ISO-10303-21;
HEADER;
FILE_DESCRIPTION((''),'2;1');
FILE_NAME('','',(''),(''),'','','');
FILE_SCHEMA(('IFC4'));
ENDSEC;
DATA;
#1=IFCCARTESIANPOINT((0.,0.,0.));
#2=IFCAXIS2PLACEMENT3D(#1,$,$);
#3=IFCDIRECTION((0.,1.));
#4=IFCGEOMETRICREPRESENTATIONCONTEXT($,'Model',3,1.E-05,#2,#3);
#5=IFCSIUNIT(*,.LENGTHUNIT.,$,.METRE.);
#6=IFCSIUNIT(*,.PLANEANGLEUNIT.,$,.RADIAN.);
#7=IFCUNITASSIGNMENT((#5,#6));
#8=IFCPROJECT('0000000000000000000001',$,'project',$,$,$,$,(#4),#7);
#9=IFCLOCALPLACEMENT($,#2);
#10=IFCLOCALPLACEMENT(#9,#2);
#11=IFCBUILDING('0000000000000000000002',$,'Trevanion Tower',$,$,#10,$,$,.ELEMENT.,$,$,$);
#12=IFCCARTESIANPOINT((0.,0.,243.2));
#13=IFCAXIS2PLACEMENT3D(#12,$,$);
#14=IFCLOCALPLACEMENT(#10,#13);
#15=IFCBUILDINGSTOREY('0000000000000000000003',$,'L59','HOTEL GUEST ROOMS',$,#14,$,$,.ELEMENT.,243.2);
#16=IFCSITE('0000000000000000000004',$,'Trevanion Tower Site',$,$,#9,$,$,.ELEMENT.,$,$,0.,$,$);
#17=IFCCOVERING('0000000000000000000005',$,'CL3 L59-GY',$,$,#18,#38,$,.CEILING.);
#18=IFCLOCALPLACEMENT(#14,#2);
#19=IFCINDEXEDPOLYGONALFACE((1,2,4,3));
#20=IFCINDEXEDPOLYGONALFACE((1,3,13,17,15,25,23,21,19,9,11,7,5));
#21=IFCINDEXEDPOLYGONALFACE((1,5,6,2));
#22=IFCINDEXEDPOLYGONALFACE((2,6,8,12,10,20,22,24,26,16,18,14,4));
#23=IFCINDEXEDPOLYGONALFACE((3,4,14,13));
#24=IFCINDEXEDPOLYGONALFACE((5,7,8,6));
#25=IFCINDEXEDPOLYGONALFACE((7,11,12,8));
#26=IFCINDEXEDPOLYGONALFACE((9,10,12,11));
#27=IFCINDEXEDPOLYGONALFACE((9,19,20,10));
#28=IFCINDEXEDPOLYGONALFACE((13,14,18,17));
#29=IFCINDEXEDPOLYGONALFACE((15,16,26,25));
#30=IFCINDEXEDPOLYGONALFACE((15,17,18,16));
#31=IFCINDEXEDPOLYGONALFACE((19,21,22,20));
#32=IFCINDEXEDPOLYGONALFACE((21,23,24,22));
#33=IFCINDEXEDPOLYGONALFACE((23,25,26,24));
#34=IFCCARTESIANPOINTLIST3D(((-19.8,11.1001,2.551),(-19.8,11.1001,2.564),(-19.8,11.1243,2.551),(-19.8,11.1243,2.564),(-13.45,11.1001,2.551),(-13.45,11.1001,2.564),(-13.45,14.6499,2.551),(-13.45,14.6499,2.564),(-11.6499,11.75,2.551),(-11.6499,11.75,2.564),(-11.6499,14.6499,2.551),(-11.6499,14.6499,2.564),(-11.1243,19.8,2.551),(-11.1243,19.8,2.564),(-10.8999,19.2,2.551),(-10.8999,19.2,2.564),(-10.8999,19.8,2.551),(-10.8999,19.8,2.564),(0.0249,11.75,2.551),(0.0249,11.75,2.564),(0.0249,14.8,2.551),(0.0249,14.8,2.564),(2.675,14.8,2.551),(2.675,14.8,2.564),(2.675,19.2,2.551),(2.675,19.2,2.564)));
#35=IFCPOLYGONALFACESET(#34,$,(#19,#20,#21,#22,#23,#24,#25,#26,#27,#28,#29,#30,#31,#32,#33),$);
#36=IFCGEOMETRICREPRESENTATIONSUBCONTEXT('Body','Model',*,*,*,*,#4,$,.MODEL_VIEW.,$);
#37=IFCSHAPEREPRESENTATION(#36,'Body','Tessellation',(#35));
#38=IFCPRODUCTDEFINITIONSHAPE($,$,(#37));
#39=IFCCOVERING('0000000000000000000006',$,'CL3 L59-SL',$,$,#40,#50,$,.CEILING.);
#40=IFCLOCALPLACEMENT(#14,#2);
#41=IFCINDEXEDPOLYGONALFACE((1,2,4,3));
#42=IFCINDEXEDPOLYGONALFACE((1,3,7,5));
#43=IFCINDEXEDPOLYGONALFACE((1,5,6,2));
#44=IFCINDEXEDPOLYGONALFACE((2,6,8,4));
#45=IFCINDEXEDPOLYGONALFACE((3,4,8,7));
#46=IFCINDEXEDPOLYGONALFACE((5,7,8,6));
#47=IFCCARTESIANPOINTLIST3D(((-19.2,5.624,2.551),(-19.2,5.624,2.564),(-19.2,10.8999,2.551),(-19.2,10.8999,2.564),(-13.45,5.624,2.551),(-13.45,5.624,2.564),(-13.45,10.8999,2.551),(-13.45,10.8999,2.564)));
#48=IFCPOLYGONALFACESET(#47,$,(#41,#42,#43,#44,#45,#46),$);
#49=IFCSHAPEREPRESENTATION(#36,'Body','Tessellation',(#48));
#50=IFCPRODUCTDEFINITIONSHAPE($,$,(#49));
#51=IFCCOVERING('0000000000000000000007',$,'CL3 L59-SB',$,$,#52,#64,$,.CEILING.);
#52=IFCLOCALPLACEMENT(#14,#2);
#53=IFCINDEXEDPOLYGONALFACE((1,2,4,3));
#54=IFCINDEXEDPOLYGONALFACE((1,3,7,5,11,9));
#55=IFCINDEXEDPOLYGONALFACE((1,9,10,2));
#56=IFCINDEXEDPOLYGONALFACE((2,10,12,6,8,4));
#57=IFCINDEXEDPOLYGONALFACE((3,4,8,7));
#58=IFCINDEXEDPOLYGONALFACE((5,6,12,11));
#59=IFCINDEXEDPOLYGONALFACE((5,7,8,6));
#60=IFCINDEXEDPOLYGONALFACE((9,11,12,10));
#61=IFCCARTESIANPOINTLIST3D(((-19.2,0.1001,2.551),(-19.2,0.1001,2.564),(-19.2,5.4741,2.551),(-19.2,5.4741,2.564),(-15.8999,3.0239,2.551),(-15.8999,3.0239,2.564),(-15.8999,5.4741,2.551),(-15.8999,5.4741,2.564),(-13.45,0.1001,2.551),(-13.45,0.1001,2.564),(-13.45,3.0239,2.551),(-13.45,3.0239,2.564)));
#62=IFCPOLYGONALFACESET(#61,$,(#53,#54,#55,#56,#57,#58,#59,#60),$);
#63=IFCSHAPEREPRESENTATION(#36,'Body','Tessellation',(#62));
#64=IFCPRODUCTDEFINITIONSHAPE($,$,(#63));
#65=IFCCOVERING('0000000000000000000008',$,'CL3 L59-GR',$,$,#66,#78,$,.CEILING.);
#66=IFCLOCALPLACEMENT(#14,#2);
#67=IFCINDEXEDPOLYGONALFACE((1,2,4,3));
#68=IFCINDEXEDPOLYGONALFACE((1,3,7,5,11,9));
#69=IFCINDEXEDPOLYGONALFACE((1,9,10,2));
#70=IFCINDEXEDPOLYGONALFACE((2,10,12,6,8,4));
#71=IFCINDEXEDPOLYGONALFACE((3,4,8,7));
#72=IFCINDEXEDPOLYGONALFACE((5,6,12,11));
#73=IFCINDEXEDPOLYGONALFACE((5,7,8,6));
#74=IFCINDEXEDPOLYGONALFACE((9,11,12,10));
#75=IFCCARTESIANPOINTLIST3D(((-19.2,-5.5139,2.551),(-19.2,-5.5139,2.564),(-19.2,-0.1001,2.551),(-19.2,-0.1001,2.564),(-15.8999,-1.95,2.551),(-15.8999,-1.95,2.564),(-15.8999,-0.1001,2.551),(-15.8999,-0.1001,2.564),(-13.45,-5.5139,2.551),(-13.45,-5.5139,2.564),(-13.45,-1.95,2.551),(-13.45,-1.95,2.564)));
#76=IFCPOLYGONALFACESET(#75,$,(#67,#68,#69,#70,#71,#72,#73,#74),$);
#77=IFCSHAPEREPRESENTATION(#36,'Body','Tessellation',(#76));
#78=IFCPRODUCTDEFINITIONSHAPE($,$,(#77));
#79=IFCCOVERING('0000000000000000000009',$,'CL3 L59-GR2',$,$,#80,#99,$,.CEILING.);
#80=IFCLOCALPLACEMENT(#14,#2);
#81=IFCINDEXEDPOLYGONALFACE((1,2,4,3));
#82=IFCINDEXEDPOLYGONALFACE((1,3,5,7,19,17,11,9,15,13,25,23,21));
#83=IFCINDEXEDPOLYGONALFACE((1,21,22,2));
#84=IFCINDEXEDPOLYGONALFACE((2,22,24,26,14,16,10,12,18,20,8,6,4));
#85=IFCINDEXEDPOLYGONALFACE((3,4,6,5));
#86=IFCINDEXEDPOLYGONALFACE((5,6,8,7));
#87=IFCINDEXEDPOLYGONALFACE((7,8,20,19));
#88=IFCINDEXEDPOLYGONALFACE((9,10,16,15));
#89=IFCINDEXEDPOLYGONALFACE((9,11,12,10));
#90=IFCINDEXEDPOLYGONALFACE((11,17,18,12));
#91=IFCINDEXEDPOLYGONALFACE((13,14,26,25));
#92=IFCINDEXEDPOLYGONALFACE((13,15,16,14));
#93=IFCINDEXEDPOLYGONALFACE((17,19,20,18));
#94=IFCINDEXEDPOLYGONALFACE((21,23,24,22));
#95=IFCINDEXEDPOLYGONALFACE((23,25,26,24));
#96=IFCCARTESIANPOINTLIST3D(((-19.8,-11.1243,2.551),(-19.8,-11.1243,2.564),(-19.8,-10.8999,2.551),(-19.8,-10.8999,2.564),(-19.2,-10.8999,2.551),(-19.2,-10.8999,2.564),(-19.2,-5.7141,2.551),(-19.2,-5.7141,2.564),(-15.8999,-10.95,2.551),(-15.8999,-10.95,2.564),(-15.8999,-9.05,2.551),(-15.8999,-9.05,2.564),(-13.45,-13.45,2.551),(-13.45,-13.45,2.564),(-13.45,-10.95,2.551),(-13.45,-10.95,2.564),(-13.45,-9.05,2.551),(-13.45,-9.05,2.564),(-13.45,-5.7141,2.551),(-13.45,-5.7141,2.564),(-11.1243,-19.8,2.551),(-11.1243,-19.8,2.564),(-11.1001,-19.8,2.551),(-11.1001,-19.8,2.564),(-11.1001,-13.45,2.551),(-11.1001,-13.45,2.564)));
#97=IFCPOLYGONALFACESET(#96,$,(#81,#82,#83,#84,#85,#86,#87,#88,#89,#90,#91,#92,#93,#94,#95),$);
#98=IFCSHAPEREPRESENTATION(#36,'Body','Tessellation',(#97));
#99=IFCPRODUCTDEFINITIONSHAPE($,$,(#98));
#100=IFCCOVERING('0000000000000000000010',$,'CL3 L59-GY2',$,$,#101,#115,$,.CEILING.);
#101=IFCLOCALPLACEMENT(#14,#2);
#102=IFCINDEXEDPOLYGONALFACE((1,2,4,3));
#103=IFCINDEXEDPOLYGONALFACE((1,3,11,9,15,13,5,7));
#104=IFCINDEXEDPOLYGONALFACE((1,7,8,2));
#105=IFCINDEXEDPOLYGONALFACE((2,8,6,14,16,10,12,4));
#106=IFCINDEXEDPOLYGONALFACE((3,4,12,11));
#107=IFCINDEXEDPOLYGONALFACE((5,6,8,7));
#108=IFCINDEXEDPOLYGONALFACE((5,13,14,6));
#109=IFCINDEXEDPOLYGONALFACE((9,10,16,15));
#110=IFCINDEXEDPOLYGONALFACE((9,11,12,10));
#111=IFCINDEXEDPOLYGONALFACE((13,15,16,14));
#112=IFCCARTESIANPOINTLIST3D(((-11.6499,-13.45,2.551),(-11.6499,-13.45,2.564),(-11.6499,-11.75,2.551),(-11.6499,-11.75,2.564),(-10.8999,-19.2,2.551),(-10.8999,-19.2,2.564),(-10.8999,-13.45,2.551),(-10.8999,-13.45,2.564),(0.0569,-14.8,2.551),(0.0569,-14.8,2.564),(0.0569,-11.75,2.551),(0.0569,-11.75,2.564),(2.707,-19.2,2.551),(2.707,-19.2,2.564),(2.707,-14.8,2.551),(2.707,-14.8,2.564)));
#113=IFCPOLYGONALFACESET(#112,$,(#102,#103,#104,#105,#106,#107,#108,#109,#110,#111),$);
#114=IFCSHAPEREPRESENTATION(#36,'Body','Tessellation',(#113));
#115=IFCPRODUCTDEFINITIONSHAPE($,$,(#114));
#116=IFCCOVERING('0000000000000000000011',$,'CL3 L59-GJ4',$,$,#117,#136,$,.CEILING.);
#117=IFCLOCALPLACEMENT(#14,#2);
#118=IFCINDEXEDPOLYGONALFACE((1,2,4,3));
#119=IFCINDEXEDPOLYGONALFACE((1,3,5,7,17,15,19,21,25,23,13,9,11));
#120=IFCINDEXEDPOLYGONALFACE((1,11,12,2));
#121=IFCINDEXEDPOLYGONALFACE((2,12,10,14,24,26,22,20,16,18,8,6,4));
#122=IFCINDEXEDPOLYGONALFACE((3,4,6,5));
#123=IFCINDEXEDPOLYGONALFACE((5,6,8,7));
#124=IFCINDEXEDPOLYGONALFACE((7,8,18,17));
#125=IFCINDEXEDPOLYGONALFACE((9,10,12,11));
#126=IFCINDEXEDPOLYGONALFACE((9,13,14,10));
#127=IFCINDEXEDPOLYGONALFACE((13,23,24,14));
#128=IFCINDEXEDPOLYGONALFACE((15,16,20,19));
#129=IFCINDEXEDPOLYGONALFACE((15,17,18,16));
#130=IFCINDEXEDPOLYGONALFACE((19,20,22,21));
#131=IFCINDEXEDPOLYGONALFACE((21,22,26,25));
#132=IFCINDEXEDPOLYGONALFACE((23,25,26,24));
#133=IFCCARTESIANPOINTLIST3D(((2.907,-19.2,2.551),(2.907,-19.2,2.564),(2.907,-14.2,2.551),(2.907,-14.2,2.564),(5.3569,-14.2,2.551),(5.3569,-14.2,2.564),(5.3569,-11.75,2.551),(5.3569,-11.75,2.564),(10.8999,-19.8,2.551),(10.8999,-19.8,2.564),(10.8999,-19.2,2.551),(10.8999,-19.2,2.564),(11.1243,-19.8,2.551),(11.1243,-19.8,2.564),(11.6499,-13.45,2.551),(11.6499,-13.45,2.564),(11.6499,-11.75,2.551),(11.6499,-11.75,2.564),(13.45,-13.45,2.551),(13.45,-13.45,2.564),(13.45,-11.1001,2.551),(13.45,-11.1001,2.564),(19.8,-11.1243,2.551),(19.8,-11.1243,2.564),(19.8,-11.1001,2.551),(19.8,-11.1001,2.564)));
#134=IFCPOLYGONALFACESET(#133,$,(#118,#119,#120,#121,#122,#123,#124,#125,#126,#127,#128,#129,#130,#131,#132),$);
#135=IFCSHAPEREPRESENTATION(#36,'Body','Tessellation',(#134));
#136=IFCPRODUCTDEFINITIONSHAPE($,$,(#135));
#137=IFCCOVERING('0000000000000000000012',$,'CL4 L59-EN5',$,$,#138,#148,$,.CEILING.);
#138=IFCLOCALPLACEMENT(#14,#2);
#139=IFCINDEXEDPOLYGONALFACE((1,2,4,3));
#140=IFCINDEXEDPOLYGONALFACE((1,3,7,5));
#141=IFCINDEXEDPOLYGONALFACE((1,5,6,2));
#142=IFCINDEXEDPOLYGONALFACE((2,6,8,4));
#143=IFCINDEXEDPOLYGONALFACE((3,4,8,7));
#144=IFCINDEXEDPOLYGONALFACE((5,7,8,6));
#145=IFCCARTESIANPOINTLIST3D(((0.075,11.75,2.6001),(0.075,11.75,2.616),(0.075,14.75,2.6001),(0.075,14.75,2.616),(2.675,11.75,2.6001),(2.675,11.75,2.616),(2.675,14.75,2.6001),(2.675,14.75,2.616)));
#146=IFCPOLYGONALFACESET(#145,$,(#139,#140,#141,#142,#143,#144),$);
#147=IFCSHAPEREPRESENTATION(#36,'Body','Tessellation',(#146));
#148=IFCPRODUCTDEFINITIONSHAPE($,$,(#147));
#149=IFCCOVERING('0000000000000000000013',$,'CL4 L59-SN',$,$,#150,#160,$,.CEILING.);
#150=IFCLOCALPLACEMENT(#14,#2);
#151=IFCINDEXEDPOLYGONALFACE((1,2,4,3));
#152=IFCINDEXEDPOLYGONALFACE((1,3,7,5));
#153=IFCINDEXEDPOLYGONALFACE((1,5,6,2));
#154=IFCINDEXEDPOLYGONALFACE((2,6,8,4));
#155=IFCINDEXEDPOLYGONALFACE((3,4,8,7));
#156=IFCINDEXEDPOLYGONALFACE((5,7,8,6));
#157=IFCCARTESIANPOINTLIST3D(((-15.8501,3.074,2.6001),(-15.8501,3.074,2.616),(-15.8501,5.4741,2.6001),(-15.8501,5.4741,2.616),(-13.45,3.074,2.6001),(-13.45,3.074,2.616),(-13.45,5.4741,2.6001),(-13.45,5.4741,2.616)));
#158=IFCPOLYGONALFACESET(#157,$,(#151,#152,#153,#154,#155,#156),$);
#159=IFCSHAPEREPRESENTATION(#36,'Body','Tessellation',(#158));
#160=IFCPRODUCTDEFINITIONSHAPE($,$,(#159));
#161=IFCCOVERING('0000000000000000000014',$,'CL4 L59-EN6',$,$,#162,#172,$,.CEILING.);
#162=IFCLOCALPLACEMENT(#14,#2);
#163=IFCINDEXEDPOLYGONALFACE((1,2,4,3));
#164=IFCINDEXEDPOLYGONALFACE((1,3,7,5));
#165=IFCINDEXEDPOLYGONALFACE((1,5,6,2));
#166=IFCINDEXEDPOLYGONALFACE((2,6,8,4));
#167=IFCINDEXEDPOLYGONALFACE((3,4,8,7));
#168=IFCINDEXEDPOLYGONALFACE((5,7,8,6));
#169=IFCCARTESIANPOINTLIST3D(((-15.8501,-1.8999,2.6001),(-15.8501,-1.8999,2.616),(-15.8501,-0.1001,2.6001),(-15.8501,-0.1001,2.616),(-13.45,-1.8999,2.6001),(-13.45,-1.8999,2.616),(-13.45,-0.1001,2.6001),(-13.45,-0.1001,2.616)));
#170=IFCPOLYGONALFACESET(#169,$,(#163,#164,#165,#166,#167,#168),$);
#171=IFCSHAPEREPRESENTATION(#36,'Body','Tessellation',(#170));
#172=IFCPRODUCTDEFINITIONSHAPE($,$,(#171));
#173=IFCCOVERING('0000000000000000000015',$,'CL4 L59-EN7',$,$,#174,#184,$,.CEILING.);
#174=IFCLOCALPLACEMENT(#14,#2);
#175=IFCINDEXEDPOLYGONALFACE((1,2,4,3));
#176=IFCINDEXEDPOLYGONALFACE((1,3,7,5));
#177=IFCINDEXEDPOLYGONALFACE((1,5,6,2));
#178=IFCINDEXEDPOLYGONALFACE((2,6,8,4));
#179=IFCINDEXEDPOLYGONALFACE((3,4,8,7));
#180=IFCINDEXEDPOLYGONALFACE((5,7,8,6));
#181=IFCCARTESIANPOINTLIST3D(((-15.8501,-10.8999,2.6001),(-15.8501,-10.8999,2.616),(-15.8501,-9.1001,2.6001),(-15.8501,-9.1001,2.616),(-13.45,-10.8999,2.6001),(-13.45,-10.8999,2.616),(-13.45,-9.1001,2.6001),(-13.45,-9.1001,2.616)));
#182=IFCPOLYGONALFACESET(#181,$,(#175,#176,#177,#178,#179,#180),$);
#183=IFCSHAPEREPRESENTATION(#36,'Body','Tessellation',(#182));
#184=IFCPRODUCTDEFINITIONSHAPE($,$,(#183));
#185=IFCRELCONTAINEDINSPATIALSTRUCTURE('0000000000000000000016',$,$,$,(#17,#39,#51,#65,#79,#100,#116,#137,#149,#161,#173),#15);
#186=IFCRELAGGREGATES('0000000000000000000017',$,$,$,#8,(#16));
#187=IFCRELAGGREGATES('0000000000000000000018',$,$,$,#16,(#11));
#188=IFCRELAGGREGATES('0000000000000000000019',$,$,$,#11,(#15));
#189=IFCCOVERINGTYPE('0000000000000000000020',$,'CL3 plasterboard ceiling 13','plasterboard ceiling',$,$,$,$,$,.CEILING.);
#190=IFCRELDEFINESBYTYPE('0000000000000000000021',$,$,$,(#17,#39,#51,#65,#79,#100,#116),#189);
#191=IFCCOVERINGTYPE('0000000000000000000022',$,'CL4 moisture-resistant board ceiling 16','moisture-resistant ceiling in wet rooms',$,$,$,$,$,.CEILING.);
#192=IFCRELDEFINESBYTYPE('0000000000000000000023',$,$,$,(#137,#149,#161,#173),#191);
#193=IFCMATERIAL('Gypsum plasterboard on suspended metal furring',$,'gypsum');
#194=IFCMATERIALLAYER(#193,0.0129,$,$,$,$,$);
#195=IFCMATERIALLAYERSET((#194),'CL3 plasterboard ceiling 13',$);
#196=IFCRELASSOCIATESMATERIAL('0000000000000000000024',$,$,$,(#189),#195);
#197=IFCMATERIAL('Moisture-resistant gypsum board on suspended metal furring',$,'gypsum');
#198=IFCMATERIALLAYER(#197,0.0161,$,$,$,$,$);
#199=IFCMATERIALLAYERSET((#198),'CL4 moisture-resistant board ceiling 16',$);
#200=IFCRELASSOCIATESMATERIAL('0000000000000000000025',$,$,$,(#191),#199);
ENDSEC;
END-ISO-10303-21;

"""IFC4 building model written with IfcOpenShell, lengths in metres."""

from ifc_helpers import new_model, si_unit, direction, frame, origin, place, context, subcontext, project, spatial, polyline, outline, extrude, material, layer, layer_set, type_object, element, save


model = new_model("IFC4")

# Units and contexts
model_context = context("Model", 3, precision=1e-05, world=origin(), true_north=direction((0.0, 1.0)))
body_context = subcontext(model_context, "Body", "Model", "MODEL_VIEW")
ifc_project = project(units=[si_unit("LENGTHUNIT", "METRE"), si_unit("PLANEANGLEUNIT", "RADIAN")], contexts=[model_context])

# Site, building, storey
site_placement = place(None, origin())
site = spatial("IfcSite", under=ifc_project, at=site_placement, Name="Trevanion Tower Site", CompositionType="ELEMENT", RefElevation=0.0)
building_placement = place(site_placement, origin())
building = spatial("IfcBuilding", under=site, at=building_placement, Name="Trevanion Tower", CompositionType="ELEMENT")
storey_placement = place(building_placement, frame((0.0, 0.0, 243.2)))
storey = spatial("IfcBuildingStorey", under=building, at=storey_placement, Name="L59", Description="HOTEL GUEST ROOMS", CompositionType="ELEMENT", Elevation=243.2)

# Coverings
ifc_material_1 = material(Name="Gypsum plasterboard on suspended metal furring", Category="gypsum")
ifc_layer_1 = layer(ifc_material_1, 0.0129)
ifc_layer_set_1 = layer_set([ifc_layer_1], Name="CL3 plasterboard ceiling 13")
covering_type_1 = type_object("IfcCoveringType", Name="CL3 plasterboard ceiling 13", Description="plasterboard ceiling", PredefinedType="CEILING", material=ifc_layer_set_1)
covering_1_placement = place(storey_placement, frame((0.0, 0.0, 2.551)))
element("IfcCovering", 1, at=covering_1_placement, inside=storey, type_object=covering_type_1, Name="CL3 L59-GY", PredefinedType="CEILING", context=body_context, shape_type="SweptSolid", body=[
    extrude(outline(polyline([(-13.45, 11.1001), (-19.8, 11.1001), (-19.8, 11.1243), (-11.1243, 19.8), (-10.8999, 19.8), (-10.8999, 19.2), (2.675, 19.2), (2.675, 14.8), (0.0249, 14.8), (0.0249, 11.75), (-11.6499, 11.75), (-11.6499, 14.6499), (-13.45, 14.6499), (-13.45, 11.1001)])), origin(), (0.0, 0.0, 1.0), 0.0129),
])
covering_2_placement = place(storey_placement, frame((0.0, 0.0, 2.551)))
element("IfcCovering", 2, at=covering_2_placement, inside=storey, type_object=covering_type_1, Name="CL3 L59-SL", PredefinedType="CEILING", context=body_context, shape_type="SweptSolid", body=[
    extrude(outline(polyline([(-13.45, 10.8999), (-13.45, 5.624), (-19.2, 5.624), (-19.2, 10.8999), (-13.45, 10.8999)])), origin(), (0.0, 0.0, 1.0), 0.0129),
])
covering_3_placement = place(storey_placement, frame((0.0, 0.0, 2.551)))
element("IfcCovering", 3, at=covering_3_placement, inside=storey, type_object=covering_type_1, Name="CL3 L59-SB", PredefinedType="CEILING", context=body_context, shape_type="SweptSolid", body=[
    extrude(outline(polyline([(-13.45, 0.1001), (-19.2, 0.1001), (-19.2, 5.4741), (-15.8999, 5.4741), (-15.8999, 3.0239), (-13.45, 3.0239), (-13.45, 0.1001)])), origin(), (0.0, 0.0, 1.0), 0.0129),
])
covering_4_placement = place(storey_placement, frame((0.0, 0.0, 2.551)))
element("IfcCovering", 4, at=covering_4_placement, inside=storey, type_object=covering_type_1, Name="CL3 L59-GR", PredefinedType="CEILING", context=body_context, shape_type="SweptSolid", body=[
    extrude(outline(polyline([(-13.45, -5.5139), (-19.2, -5.5139), (-19.2, -0.1001), (-15.8999, -0.1001), (-15.8999, -1.95), (-13.45, -1.95), (-13.45, -5.5139)])), origin(), (0.0, 0.0, 1.0), 0.0129),
])
covering_5_placement = place(storey_placement, frame((0.0, 0.0, 2.551)))
element("IfcCovering", 5, at=covering_5_placement, inside=storey, type_object=covering_type_1, Name="CL3 L59-GR2", PredefinedType="CEILING", context=body_context, shape_type="SweptSolid", body=[
    extrude(outline(polyline([(-11.1001, -13.45), (-11.1001, -19.8), (-11.1243, -19.8), (-19.8, -11.1243), (-19.8, -10.8999), (-19.2, -10.8999), (-19.2, -5.7141), (-13.45, -5.7141), (-13.45, -9.05), (-15.8999, -9.05), (-15.8999, -10.95), (-13.45, -10.95), (-13.45, -13.45), (-11.1001, -13.45)])), origin(), (0.0, 0.0, 1.0), 0.0129),
])
covering_6_placement = place(storey_placement, frame((0.0, 0.0, 2.551)))
element("IfcCovering", 6, at=covering_6_placement, inside=storey, type_object=covering_type_1, Name="CL3 L59-GY2", PredefinedType="CEILING", context=body_context, shape_type="SweptSolid", body=[
    extrude(outline(polyline([(2.707, -19.2), (-10.8999, -19.2), (-10.8999, -13.45), (-11.6499, -13.45), (-11.6499, -11.75), (0.0569, -11.75), (0.0569, -14.8), (2.707, -14.8), (2.707, -19.2)])), origin(), (0.0, 0.0, 1.0), 0.0129),
])
covering_7_placement = place(storey_placement, frame((0.0, 0.0, 2.551)))
element("IfcCovering", 7, at=covering_7_placement, inside=storey, type_object=covering_type_1, Name="CL3 L59-GJ4", PredefinedType="CEILING", context=body_context, shape_type="SweptSolid", body=[
    extrude(outline(polyline([(13.45, -11.1001), (19.8, -11.1001), (19.8, -11.1243), (11.1243, -19.8), (10.8999, -19.8), (10.8999, -19.2), (2.907, -19.2), (2.907, -14.2), (5.3569, -14.2), (5.3569, -11.75), (11.6499, -11.75), (11.6499, -13.45), (13.45, -13.45), (13.45, -11.1001)])), origin(), (0.0, 0.0, 1.0), 0.0129),
])
ifc_material_2 = material(Name="Moisture-resistant gypsum board on suspended metal furring", Category="gypsum")
ifc_layer_2 = layer(ifc_material_2, 0.0161)
ifc_layer_set_2 = layer_set([ifc_layer_2], Name="CL4 moisture-resistant board ceiling 16")
covering_type_2 = type_object("IfcCoveringType", Name="CL4 moisture-resistant board ceiling 16", Description="moisture-resistant ceiling in wet rooms", PredefinedType="CEILING", material=ifc_layer_set_2)
covering_8_placement = place(storey_placement, frame((0.0, 0.0, 2.6001)))
element("IfcCovering", 8, at=covering_8_placement, inside=storey, type_object=covering_type_2, Name="CL4 L59-EN5", PredefinedType="CEILING", context=body_context, shape_type="SweptSolid", body=[
    extrude(outline(polyline([(2.675, 14.75), (0.075, 14.75), (0.075, 11.75), (2.675, 11.75), (2.675, 14.75)])), origin(), (0.0, 0.0, 1.0), 0.0159),
])
covering_9_placement = place(storey_placement, frame((0.0, 0.0, 2.6001)))
element("IfcCovering", 9, at=covering_9_placement, inside=storey, type_object=covering_type_2, Name="CL4 L59-SN", PredefinedType="CEILING", context=body_context, shape_type="SweptSolid", body=[
    extrude(outline(polyline([(-15.8501, 5.4741), (-15.8501, 3.074), (-13.45, 3.074), (-13.45, 5.4741), (-15.8501, 5.4741)])), origin(), (0.0, 0.0, 1.0), 0.0159),
])
covering_10_placement = place(storey_placement, frame((0.0, 0.0, 2.6001)))
element("IfcCovering", 10, at=covering_10_placement, inside=storey, type_object=covering_type_2, Name="CL4 L59-EN6", PredefinedType="CEILING", context=body_context, shape_type="SweptSolid", body=[
    extrude(outline(polyline([(-15.8501, -0.1001), (-15.8501, -1.8999), (-13.45, -1.8999), (-13.45, -0.1001), (-15.8501, -0.1001)])), origin(), (0.0, 0.0, 1.0), 0.0159),
])
covering_11_placement = place(storey_placement, frame((0.0, 0.0, 2.6001)))
element("IfcCovering", 11, at=covering_11_placement, inside=storey, type_object=covering_type_2, Name="CL4 L59-EN7", PredefinedType="CEILING", context=body_context, shape_type="SweptSolid", body=[
    extrude(outline(polyline([(-15.8501, -9.1001), (-15.8501, -10.8999), (-13.45, -10.8999), (-13.45, -9.1001), (-15.8501, -9.1001)])), origin(), (0.0, 0.0, 1.0), 0.0159),
])

save(model, "model.ifc")
